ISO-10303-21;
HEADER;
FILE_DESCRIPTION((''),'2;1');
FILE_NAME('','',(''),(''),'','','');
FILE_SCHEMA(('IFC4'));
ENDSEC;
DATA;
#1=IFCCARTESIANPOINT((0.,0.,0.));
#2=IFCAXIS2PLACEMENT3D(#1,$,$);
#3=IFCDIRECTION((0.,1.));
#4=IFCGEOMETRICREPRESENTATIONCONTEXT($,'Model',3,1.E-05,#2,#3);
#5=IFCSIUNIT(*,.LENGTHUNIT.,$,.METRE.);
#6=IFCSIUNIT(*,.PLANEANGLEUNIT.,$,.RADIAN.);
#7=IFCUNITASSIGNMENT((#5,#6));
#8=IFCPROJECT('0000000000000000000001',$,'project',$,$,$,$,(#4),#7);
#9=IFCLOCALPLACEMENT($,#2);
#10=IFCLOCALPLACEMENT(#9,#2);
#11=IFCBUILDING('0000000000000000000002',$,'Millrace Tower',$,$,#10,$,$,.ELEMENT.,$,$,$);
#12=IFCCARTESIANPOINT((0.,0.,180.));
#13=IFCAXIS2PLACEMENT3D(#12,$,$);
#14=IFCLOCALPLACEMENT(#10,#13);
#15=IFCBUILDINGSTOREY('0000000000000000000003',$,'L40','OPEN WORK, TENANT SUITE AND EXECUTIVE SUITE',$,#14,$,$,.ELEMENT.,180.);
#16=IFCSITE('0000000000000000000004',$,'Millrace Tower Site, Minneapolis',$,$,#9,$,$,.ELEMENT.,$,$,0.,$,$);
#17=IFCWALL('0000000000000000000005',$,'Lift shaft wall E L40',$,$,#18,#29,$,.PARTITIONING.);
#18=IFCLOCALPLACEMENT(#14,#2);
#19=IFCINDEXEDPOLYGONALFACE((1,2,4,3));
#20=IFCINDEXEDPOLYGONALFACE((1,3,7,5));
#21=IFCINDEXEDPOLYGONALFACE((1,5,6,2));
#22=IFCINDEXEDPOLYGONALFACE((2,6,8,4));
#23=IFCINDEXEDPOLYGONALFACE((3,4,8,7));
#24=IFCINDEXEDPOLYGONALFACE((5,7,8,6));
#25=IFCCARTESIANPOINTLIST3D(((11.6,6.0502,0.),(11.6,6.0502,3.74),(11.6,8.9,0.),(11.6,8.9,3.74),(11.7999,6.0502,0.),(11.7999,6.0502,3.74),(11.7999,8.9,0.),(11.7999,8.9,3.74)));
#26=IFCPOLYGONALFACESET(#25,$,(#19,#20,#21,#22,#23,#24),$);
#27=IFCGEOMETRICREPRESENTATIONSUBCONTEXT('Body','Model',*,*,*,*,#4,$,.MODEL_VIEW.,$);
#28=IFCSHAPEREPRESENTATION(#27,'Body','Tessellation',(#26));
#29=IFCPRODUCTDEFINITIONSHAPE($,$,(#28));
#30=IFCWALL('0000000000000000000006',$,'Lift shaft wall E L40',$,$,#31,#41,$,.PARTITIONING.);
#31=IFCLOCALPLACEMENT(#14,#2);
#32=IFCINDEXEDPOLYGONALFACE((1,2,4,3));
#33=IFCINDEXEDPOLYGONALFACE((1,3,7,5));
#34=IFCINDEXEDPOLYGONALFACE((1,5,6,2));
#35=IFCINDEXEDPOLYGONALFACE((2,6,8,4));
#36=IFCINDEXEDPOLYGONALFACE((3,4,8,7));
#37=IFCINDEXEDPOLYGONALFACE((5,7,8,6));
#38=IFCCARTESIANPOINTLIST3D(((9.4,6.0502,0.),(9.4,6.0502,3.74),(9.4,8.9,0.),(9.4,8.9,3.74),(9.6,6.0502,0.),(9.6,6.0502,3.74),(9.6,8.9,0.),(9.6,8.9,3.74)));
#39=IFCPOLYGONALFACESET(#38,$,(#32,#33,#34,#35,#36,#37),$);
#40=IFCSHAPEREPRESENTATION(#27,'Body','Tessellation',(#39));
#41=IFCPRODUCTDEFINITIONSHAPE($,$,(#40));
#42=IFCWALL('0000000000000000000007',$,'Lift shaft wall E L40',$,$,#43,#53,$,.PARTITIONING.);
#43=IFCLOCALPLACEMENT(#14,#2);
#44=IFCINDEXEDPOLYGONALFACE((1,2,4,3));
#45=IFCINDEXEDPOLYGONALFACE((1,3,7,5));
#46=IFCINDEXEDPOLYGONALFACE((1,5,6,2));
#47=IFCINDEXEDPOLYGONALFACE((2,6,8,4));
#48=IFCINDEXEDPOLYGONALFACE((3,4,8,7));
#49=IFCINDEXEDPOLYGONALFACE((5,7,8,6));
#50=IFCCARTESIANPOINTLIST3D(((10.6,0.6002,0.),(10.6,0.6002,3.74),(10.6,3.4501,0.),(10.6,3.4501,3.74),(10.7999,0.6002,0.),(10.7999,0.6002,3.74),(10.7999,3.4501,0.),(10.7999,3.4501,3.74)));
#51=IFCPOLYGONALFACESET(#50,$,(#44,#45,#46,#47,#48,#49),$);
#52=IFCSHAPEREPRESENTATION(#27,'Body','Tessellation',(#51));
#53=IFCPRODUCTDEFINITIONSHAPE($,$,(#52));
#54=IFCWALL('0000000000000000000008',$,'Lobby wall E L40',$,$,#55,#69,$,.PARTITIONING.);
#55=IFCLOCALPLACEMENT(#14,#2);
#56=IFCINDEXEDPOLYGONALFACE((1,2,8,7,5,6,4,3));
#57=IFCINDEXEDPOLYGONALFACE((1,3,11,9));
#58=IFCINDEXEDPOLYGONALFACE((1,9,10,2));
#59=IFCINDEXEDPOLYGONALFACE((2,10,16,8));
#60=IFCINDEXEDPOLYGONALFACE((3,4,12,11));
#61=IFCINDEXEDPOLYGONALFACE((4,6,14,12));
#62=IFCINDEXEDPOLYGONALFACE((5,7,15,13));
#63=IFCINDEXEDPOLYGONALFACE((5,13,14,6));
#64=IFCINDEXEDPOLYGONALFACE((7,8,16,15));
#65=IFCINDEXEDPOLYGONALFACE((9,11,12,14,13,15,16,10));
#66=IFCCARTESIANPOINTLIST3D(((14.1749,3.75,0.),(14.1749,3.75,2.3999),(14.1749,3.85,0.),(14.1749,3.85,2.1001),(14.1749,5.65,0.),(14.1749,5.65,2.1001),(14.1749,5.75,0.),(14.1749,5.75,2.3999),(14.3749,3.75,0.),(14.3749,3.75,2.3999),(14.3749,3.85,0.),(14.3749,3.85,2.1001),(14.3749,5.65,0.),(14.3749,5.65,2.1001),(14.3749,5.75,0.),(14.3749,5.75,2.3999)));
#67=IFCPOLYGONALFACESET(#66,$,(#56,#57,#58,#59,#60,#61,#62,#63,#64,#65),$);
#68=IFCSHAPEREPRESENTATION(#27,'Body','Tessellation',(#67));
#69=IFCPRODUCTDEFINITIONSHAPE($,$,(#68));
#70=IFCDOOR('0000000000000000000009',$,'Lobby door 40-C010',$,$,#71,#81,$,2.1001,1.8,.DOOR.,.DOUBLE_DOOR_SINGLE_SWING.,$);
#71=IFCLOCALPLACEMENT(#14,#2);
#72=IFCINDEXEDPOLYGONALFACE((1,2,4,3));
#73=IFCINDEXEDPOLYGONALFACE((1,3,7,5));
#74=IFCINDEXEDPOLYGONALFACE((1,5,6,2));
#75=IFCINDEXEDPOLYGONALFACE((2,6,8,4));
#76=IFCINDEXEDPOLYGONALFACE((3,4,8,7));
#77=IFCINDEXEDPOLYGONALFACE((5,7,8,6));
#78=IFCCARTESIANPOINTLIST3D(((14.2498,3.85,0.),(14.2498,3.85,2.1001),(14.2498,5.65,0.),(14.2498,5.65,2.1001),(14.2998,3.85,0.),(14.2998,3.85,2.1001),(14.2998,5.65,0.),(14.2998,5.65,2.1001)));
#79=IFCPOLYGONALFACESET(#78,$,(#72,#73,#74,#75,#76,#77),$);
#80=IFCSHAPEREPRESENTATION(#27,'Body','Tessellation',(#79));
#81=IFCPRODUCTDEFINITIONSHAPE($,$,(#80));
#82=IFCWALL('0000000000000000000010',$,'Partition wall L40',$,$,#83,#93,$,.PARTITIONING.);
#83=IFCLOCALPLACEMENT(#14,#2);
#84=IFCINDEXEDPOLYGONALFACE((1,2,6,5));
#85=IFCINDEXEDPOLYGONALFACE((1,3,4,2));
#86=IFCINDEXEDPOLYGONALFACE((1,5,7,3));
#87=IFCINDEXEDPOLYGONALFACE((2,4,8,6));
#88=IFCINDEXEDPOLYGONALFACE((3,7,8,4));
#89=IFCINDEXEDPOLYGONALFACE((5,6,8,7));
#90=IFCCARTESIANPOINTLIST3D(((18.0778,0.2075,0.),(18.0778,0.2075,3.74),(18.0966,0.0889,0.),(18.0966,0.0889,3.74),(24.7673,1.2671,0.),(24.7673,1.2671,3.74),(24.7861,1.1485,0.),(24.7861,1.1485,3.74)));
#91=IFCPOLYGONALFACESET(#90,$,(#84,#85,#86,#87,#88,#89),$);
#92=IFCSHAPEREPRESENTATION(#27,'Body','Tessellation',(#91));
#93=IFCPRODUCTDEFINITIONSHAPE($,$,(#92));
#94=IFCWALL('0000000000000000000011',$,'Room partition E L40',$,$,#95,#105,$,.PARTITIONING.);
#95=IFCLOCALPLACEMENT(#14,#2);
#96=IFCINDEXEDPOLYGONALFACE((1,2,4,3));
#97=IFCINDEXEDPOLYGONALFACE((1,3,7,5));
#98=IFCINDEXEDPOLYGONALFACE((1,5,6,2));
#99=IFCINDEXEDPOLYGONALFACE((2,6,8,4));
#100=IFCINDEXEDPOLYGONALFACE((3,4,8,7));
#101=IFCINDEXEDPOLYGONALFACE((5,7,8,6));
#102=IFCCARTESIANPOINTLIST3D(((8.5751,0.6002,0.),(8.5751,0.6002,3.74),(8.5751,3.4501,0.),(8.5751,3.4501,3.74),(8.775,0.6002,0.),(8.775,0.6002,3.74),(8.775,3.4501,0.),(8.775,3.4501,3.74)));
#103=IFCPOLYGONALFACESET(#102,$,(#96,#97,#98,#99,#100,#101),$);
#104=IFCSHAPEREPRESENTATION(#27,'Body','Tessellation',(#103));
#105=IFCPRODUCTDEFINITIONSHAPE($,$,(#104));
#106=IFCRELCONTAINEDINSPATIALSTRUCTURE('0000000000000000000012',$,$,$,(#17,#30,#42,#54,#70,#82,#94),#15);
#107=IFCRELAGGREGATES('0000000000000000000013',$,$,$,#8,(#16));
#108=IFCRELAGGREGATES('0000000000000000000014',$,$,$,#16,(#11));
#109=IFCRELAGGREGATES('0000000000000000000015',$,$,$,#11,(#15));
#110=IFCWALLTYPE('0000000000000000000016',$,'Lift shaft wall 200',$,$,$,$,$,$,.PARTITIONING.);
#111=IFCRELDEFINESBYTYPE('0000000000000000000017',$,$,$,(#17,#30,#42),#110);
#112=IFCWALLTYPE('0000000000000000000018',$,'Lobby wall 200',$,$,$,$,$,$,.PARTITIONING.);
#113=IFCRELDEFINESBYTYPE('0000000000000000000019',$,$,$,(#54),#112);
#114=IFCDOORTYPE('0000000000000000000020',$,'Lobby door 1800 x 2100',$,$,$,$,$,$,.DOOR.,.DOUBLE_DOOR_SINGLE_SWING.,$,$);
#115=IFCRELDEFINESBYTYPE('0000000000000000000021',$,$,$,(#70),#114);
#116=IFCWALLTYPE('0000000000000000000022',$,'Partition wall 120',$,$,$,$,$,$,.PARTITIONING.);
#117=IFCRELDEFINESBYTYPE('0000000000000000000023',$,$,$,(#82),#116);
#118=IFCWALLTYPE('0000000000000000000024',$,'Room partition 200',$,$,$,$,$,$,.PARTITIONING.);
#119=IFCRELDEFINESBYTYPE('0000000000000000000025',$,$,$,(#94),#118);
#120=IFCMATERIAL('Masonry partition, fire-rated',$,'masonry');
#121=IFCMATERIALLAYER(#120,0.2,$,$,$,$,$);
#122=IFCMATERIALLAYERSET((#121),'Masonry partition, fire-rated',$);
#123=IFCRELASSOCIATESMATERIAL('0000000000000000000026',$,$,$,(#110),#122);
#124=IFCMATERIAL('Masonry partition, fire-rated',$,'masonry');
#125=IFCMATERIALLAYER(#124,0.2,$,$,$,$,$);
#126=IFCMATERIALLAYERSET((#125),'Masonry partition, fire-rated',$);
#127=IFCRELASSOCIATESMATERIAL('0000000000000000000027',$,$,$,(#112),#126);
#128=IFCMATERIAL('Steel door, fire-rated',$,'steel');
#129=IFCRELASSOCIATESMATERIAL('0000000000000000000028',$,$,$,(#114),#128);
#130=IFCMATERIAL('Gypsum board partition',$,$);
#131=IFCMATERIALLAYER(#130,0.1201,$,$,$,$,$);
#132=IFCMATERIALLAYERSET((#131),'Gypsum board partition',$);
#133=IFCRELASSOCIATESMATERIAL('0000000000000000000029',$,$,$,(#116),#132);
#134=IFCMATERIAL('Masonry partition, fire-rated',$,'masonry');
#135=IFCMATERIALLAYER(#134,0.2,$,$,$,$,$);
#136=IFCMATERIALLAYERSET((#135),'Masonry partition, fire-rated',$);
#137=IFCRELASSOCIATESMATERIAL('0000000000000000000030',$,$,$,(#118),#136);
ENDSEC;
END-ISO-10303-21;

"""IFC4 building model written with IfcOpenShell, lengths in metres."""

from ifc_helpers import new_model, si_unit, direction, frame, frame_2d, origin, place, context, subcontext, project, spatial, rectangle, extrude, material, layer, layer_set, type_object, element, fill, save


model = new_model("IFC4")

# Units and contexts
model_context = context("Model", 3, precision=1e-05, world=origin(), true_north=direction((0.0, 1.0)))
body_context = subcontext(model_context, "Body", "Model", "MODEL_VIEW")
ifc_project = project(units=[si_unit("LENGTHUNIT", "METRE"), si_unit("PLANEANGLEUNIT", "RADIAN")], contexts=[model_context])

# Site, building, storey
site_placement = place(None, origin())
site = spatial("IfcSite", under=ifc_project, at=site_placement, Name="Millrace Tower Site, Minneapolis", CompositionType="ELEMENT", RefElevation=0.0)
building_placement = place(site_placement, origin())
building = spatial("IfcBuilding", under=site, at=building_placement, Name="Millrace Tower", CompositionType="ELEMENT")
storey_placement = place(building_placement, frame((0.0, 0.0, 180.0)))
storey = spatial("IfcBuildingStorey", under=building, at=storey_placement, Name="L40", Description="OPEN WORK, TENANT SUITE AND EXECUTIVE SUITE", CompositionType="ELEMENT", Elevation=180.0)

# Shared definitions
ifc_material_1 = material(Name="Masonry partition, fire-rated", Category="masonry")
ifc_layer_1 = layer(ifc_material_1, 0.2)
ifc_layer_set_1 = layer_set([ifc_layer_1], Name="Masonry partition, fire-rated")
wall_type_1 = type_object("IfcWallType", Name="Lift shaft wall 200", PredefinedType="PARTITIONING", material=ifc_layer_set_1)

# Walls
for number, where, z_axis, x_axis, name in (
    (1, (11.7, 8.8999, 0.0), (0.0, 0.0, 1.0), (0.0, -1.0, 0.0), "Lift shaft wall E L40"),
    (2, (9.5, 8.8999, 0.0), (0.0, 0.0, 1.0), (0.0, -1.0, 0.0), "Lift shaft wall E L40"),
    (3, (10.7, 3.45, 0.0), (0.0, 0.0, 1.0), (0.0, -1.0, 0.0), "Lift shaft wall E L40"),
):
    element("IfcWall", number, at=place(storey_placement, frame(where, z_axis=z_axis, x_axis=x_axis)), inside=storey, type_object=wall_type_1, Name=name, PredefinedType="PARTITIONING", context=body_context, shape_type="SweptSolid", body=[
        extrude(rectangle(XDim=2.8499, YDim=0.2, at=frame_2d((1.4248, 0.0))), origin(), (0.0, 0.0, 1.0), 3.74),
    ])

# Wall, opening, door
ifc_material_2 = material(Name="Masonry partition, fire-rated", Category="masonry")
ifc_layer_2 = layer(ifc_material_2, 0.2)
ifc_layer_set_2 = layer_set([ifc_layer_2], Name="Masonry partition, fire-rated")
wall_type_2 = type_object("IfcWallType", Name="Lobby wall 200", PredefinedType="PARTITIONING", material=ifc_layer_set_2)
wall_1_placement = place(storey_placement, frame((14.2749, 5.75, 0.0), z_axis=(0.0, 0.0, 1.0), x_axis=(0.0, -1.0, 0.0)))
wall_1 = element("IfcWall", 4, at=wall_1_placement, inside=storey, type_object=wall_type_2, Name="Lobby wall E L40", PredefinedType="PARTITIONING", context=body_context, shape_type="SweptSolid", body=[
    extrude(rectangle(XDim=2.0, YDim=0.2, at=frame_2d((1.0, 0.0))), origin(), (0.0, 0.0, 1.0), 2.3999),
])
opening_1_placement = place(wall_1_placement, frame((0.1001, 0.0, 0.0)))
opening_1 = element("IfcOpeningElement", 5, at=opening_1_placement, cuts=wall_1, PredefinedType="OPENING", context=body_context, shape_type="SweptSolid", body=[
    extrude(rectangle(XDim=1.8, YDim=2.1001, at=frame_2d((0.8999, 1.05))), frame((0.0, 0.1099, 0.0), z_axis=(0.0, -1.0, 0.0), x_axis=(1.0, 0.0, 0.0)), (0.0, 0.0, 1.0), 0.22),
])
ifc_material_3 = material(Name="Steel door, fire-rated", Category="steel")
door_type_1 = type_object("IfcDoorType", Name="Lobby door 1800 x 2100", OperationType="DOUBLE_DOOR_SINGLE_SWING", PredefinedType="DOOR", material=ifc_material_3)
door_1_placement = place(opening_1_placement, origin())
door_1 = element("IfcDoor", 6, at=door_1_placement, inside=storey, type_object=door_type_1, Name="Lobby door 40-C010", OperationType="DOUBLE_DOOR_SINGLE_SWING", OverallHeight=2.1001, OverallWidth=1.8, PredefinedType="DOOR", context=body_context, shape_type="SweptSolid", body=[
    extrude(rectangle(XDim=1.8, YDim=2.1001, at=frame_2d((0.8999, 1.05))), frame((0.0, 0.0249, 0.0), z_axis=(0.0, -1.0, 0.0), x_axis=(1.0, 0.0, 0.0)), (0.0, 0.0, 1.0), 0.05),
])
fill(opening_1, door_1)

# Walls
ifc_material_4 = material(Name="Gypsum board partition")
ifc_layer_3 = layer(ifc_material_4, 0.1201)
ifc_layer_set_3 = layer_set([ifc_layer_3], Name="Gypsum board partition")
wall_type_3 = type_object("IfcWallType", Name="Partition wall 120", PredefinedType="PARTITIONING", material=ifc_layer_set_3)
wall_2_placement = place(storey_placement, frame((18.0872, 0.1482, 0.0), z_axis=(0.0, 0.0, 1.0), x_axis=(0.987687, 0.156444, 0.0)))
element("IfcWall", 7, at=wall_2_placement, inside=storey, type_object=wall_type_3, Name="Partition wall L40", PredefinedType="PARTITIONING", context=body_context, shape_type="SweptSolid", body=[
    extrude(rectangle(XDim=6.7729, YDim=0.1201, at=frame_2d((3.3865, 0.0))), origin(), (0.0, 0.0, 1.0), 3.74),
])
ifc_material_5 = material(Name="Masonry partition, fire-rated", Category="masonry")
ifc_layer_4 = layer(ifc_material_5, 0.2)
ifc_layer_set_4 = layer_set([ifc_layer_4], Name="Masonry partition, fire-rated")
wall_type_4 = type_object("IfcWallType", Name="Room partition 200", PredefinedType="PARTITIONING", material=ifc_layer_set_4)
wall_3_placement = place(storey_placement, frame((8.675, 3.45, 0.0), z_axis=(0.0, 0.0, 1.0), x_axis=(0.0, -1.0, 0.0)))
element("IfcWall", 8, at=wall_3_placement, inside=storey, type_object=wall_type_4, Name="Room partition E L40", PredefinedType="PARTITIONING", context=body_context, shape_type="SweptSolid", body=[
    extrude(rectangle(XDim=2.8499, YDim=0.2, at=frame_2d((1.4248, 0.0))), origin(), (0.0, 0.0, 1.0), 3.74),
])

save(model, "model.ifc")
